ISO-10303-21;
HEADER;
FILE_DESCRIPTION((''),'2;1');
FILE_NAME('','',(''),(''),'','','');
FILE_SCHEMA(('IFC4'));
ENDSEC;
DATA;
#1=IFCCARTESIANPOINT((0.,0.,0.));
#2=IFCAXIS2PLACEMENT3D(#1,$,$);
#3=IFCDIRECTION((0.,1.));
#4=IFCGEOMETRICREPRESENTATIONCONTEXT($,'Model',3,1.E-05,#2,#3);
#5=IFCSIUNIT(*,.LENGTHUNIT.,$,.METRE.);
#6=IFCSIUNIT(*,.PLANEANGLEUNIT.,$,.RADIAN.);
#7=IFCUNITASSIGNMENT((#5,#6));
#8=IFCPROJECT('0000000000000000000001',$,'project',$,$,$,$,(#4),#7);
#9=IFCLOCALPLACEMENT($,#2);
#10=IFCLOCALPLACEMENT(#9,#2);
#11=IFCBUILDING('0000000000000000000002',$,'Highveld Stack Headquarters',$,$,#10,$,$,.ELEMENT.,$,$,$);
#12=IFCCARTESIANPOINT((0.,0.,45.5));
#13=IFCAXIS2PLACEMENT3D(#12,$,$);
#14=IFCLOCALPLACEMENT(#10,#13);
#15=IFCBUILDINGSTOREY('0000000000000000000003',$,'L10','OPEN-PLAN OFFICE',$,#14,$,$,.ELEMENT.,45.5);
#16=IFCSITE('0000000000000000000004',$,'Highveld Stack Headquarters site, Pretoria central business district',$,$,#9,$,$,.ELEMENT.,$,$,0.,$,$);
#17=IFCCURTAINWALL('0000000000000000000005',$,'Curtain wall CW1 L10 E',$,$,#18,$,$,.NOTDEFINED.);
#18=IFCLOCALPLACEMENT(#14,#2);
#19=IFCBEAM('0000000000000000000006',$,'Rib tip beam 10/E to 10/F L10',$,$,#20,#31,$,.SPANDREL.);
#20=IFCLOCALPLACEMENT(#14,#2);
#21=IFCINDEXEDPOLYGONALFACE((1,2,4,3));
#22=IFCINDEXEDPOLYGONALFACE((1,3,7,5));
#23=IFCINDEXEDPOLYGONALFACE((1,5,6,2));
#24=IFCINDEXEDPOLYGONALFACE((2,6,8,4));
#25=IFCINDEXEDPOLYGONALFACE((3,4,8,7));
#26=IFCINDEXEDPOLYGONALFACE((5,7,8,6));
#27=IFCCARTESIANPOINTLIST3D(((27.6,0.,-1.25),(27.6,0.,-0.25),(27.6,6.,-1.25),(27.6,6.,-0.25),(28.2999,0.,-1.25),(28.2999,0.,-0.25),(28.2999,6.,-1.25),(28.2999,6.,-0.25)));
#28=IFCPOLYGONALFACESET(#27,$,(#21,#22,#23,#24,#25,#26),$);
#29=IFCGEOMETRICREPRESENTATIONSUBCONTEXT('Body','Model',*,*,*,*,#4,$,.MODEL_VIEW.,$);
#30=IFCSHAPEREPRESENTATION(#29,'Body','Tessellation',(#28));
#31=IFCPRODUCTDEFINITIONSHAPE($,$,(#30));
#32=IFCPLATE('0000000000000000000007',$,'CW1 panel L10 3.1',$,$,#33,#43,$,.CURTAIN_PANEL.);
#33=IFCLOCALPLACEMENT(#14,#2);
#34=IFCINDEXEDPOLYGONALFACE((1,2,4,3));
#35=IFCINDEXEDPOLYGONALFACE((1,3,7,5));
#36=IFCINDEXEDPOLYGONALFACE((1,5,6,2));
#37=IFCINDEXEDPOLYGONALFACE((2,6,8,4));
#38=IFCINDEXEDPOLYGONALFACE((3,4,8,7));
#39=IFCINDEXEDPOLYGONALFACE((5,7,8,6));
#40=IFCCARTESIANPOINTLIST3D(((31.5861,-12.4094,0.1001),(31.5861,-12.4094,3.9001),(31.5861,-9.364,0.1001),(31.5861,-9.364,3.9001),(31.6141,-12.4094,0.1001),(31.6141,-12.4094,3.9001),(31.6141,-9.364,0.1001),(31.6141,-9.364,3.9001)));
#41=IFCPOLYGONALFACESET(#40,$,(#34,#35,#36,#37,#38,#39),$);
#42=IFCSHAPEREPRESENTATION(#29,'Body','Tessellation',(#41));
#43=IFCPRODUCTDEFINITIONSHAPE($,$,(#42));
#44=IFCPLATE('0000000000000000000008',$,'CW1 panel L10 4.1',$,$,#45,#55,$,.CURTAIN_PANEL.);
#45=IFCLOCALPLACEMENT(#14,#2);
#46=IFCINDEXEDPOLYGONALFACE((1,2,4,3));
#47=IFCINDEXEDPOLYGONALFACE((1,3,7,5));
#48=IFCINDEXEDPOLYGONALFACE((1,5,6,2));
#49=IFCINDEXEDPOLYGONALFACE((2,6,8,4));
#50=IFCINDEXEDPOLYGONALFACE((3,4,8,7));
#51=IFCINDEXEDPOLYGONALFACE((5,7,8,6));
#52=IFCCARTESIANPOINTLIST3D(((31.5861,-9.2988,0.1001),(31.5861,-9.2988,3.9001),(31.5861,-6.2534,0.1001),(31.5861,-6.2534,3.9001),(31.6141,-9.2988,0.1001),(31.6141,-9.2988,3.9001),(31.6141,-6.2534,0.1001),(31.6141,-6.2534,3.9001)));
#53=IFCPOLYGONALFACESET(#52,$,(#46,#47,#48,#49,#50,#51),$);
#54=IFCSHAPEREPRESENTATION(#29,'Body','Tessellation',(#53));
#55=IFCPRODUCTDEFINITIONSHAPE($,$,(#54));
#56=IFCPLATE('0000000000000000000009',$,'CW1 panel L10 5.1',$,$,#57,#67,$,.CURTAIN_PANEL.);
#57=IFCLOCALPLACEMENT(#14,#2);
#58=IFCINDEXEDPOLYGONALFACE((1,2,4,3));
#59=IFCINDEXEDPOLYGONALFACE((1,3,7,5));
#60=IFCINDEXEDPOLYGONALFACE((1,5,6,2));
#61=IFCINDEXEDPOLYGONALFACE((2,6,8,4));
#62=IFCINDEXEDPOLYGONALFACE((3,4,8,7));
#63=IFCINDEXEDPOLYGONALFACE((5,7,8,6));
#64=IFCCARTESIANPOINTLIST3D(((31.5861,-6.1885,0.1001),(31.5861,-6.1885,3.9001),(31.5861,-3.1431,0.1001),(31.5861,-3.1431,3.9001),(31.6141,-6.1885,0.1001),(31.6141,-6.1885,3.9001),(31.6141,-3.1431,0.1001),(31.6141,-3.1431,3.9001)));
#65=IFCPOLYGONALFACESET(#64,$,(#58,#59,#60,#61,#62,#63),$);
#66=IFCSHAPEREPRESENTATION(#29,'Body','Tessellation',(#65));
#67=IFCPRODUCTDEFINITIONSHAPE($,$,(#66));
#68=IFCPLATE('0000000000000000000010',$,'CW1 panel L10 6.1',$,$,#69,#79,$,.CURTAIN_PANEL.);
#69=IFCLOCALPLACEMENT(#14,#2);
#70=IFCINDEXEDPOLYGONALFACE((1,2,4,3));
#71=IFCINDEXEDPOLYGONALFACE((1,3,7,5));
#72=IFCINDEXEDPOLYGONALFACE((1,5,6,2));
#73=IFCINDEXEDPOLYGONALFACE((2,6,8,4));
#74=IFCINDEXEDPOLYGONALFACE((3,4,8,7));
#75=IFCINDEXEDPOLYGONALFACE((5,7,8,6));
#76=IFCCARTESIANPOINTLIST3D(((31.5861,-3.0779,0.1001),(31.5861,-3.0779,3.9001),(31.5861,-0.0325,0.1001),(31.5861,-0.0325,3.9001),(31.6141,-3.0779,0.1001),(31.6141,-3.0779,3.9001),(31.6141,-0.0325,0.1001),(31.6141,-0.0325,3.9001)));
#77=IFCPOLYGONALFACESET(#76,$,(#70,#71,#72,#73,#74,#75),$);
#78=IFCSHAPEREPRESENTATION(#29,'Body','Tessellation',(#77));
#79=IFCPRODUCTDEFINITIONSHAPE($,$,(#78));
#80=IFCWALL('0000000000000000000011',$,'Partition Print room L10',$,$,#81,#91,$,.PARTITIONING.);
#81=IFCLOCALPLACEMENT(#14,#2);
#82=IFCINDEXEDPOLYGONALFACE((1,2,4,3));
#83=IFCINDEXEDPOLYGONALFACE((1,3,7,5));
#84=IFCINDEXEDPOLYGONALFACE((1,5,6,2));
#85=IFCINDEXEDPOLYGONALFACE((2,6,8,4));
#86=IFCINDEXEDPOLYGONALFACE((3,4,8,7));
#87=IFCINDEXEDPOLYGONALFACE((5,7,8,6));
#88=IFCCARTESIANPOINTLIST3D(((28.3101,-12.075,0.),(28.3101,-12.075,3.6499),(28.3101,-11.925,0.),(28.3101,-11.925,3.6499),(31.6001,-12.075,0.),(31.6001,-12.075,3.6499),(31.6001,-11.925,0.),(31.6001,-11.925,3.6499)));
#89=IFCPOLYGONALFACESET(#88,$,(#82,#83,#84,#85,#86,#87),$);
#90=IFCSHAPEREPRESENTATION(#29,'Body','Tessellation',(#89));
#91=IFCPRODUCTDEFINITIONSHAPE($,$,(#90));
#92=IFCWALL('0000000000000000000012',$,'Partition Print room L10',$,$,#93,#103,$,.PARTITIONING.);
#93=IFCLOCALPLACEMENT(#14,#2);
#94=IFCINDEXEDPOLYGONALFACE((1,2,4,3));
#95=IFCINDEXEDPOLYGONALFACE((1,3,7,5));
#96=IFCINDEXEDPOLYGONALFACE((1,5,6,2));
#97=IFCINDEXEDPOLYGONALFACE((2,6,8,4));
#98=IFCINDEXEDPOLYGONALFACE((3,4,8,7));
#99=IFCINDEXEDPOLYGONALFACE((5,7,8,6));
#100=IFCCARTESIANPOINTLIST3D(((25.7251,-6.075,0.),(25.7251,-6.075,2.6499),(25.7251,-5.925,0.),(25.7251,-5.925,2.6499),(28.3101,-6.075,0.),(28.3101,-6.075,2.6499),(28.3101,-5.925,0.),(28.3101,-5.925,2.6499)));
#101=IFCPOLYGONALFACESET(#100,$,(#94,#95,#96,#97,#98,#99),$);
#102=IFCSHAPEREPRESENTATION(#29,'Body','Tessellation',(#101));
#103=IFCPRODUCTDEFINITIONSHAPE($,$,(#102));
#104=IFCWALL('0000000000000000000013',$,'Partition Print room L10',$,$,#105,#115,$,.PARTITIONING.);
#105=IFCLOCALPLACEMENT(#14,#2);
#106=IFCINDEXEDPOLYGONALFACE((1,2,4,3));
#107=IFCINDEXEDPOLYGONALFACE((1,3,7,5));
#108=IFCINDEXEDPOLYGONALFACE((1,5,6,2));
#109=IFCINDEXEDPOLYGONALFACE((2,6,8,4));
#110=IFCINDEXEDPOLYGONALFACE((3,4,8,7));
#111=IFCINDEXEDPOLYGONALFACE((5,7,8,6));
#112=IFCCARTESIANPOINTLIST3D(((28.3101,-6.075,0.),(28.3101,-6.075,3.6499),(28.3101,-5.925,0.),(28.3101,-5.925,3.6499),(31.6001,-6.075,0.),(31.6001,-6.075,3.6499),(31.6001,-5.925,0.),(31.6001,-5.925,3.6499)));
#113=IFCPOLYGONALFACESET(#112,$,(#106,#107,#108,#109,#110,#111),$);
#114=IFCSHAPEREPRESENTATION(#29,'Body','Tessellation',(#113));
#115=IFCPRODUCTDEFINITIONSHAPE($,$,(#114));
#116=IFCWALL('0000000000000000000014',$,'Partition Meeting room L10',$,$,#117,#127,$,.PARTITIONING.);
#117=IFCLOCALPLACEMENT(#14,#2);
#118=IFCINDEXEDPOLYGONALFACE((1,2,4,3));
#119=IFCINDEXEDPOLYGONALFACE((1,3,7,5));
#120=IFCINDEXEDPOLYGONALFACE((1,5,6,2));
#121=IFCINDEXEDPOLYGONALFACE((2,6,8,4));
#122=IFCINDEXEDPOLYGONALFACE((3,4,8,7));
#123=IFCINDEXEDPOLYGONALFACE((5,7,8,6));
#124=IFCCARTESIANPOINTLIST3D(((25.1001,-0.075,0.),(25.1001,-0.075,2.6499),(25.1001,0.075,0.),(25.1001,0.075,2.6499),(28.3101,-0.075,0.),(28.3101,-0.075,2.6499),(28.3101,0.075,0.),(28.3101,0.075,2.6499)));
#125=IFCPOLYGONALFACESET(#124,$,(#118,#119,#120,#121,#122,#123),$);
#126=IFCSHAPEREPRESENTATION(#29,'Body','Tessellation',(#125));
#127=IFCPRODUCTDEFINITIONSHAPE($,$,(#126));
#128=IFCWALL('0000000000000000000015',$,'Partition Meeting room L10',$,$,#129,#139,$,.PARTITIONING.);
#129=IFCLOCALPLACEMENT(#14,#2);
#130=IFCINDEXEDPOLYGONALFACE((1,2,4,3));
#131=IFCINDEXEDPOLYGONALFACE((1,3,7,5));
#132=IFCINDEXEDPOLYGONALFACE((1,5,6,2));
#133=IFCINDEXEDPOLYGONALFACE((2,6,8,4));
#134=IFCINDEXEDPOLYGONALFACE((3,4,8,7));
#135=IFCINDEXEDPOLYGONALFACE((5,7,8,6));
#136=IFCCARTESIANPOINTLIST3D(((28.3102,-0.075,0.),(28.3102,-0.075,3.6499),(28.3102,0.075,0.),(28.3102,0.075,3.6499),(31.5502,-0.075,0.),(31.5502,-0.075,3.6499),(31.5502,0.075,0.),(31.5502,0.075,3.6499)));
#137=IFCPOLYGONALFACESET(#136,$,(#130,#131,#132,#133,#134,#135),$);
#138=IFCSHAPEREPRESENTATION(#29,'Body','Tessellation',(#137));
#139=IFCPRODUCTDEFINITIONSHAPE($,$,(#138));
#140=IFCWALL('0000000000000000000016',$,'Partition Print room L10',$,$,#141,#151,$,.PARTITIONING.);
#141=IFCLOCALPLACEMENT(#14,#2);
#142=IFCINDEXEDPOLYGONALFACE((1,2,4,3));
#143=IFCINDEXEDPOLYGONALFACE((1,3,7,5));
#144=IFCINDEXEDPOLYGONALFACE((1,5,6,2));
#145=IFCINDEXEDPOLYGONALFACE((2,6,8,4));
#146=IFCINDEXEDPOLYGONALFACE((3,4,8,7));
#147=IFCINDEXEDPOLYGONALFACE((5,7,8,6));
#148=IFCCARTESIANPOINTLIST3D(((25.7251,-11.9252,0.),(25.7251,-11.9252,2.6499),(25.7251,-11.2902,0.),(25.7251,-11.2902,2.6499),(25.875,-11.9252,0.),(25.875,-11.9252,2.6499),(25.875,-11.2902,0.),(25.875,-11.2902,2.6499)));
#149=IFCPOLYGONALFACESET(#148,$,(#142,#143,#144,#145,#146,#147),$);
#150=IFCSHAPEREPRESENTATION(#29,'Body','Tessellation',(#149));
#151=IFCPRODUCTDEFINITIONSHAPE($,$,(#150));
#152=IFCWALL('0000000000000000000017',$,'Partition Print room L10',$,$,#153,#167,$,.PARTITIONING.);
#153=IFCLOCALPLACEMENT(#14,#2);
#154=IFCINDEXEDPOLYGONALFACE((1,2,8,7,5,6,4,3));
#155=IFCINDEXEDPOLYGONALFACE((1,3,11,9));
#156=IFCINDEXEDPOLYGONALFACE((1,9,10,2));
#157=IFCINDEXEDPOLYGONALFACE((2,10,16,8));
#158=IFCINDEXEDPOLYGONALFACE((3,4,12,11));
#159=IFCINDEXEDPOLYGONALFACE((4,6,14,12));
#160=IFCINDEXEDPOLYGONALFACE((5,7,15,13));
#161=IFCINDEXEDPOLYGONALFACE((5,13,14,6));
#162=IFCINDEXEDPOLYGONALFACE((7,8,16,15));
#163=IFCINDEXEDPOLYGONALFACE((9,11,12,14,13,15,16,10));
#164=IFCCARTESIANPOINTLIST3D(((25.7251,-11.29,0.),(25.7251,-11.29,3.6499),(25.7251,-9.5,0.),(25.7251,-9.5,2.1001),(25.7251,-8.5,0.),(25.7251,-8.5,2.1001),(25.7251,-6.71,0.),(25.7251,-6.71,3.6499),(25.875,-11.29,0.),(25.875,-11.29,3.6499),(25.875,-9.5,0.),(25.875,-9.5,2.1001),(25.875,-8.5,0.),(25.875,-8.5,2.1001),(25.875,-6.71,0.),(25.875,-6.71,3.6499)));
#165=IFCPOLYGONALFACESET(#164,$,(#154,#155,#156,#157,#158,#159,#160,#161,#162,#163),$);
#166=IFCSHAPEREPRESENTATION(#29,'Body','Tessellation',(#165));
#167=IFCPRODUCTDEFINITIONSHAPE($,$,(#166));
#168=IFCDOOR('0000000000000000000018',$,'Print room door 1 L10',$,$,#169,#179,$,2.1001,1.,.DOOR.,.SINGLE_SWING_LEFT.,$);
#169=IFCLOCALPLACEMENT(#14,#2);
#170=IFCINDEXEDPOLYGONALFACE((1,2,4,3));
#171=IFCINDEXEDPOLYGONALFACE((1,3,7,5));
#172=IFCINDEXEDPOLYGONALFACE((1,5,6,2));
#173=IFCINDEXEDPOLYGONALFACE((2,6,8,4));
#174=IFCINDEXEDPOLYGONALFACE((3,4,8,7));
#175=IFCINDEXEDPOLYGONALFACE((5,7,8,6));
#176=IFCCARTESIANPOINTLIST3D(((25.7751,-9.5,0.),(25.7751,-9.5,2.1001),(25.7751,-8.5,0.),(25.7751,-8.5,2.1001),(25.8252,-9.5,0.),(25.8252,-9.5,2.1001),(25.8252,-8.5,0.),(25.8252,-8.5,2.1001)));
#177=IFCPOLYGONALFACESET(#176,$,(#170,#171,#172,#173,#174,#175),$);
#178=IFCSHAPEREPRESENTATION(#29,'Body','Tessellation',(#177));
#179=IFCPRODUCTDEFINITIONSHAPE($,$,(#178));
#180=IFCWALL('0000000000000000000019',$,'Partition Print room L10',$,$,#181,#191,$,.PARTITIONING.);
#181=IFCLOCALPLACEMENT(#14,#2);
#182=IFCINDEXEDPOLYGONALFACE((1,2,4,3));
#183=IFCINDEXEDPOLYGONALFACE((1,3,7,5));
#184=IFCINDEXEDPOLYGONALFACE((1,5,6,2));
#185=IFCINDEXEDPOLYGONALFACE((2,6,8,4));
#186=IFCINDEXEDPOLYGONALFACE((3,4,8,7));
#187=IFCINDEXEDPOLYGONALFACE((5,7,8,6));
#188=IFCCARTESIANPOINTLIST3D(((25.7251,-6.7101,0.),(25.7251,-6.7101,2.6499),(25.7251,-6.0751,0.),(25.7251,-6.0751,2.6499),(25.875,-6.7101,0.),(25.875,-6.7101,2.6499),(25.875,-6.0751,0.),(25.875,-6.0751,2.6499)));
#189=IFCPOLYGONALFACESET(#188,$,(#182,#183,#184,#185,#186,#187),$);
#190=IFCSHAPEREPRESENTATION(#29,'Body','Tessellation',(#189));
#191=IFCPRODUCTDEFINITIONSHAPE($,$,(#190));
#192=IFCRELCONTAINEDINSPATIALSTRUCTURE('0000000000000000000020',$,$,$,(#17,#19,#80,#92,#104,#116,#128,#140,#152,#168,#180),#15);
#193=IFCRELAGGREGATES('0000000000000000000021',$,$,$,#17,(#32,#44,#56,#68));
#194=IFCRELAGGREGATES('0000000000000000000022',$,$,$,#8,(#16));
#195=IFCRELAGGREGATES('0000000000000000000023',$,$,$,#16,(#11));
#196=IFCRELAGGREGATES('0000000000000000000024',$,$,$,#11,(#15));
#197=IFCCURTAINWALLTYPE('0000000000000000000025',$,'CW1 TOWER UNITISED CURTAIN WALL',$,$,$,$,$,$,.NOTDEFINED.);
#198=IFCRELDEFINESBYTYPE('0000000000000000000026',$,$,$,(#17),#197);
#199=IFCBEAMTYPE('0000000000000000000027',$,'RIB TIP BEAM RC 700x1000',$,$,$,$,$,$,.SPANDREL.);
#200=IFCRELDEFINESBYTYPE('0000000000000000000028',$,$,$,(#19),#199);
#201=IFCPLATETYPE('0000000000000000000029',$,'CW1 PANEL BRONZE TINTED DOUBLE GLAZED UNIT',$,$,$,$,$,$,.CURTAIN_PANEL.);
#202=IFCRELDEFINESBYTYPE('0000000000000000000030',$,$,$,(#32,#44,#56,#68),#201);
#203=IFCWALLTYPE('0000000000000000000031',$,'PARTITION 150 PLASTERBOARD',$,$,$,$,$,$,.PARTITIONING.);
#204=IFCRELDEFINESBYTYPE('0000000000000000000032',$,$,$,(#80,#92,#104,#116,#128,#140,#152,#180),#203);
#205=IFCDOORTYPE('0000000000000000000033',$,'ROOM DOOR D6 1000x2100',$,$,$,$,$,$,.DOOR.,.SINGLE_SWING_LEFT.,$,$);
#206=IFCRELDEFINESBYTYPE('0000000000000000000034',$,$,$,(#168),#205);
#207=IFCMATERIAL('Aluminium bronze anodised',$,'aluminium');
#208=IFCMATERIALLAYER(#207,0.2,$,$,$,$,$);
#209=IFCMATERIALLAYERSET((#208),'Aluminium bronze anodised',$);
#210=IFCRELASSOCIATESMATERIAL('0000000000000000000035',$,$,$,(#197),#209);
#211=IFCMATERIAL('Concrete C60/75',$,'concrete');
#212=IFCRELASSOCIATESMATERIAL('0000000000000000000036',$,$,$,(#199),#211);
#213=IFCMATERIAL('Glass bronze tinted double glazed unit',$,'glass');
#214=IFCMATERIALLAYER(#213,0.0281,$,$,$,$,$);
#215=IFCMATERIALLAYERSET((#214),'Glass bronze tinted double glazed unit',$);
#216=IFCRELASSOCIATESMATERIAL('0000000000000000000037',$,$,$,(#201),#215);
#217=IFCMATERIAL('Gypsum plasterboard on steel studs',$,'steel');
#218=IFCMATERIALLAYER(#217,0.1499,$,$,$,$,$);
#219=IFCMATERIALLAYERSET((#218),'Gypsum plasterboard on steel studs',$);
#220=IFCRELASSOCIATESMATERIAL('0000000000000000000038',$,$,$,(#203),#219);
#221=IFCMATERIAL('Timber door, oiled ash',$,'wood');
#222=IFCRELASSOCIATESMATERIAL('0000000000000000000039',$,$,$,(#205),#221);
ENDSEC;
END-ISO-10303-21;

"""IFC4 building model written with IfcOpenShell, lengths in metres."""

from ifc_helpers import new_model, si_unit, direction, frame, frame_2d, origin, origin_2d, place, context, subcontext, project, spatial, rectangle, extrude, material, layer, layer_set, material_profile, profile_set, type_object, element, fill, aggregate, save


model = new_model("IFC4")

# Units and contexts
model_context = context("Model", 3, precision=1e-05, world=origin(), true_north=direction((0.0, 1.0)))
body_context = subcontext(model_context, "Body", "Model", "MODEL_VIEW")
ifc_project = project(units=[si_unit("LENGTHUNIT", "METRE"), si_unit("PLANEANGLEUNIT", "RADIAN")], contexts=[model_context])

# Site, building, storey
site_placement = place(None, origin())
site = spatial("IfcSite", under=ifc_project, at=site_placement, Name="Highveld Stack Headquarters site, Pretoria central business district", CompositionType="ELEMENT", RefElevation=0.0)
building_placement = place(site_placement, origin())
building = spatial("IfcBuilding", under=site, at=building_placement, Name="Highveld Stack Headquarters", CompositionType="ELEMENT")
storey_placement = place(building_placement, frame((0.0, 0.0, 45.5)))
storey = spatial("IfcBuildingStorey", under=building, at=storey_placement, Name="L10", Description="OPEN-PLAN OFFICE", CompositionType="ELEMENT", Elevation=45.5)

# Curtain wall
ifc_material_1 = material(Name="Aluminium bronze anodised", Category="aluminium")
ifc_layer_1 = layer(ifc_material_1, 0.2)
ifc_layer_set_1 = layer_set([ifc_layer_1], Name="Aluminium bronze anodised")
curtain_wall_type = type_object("IfcCurtainWallType", Name="CW1 TOWER UNITISED CURTAIN WALL", PredefinedType="NOTDEFINED", material=ifc_layer_set_1)
curtain_wall_placement = place(storey_placement, origin())
curtain_wall = element("IfcCurtainWall", 1, at=curtain_wall_placement, inside=storey, type_object=curtain_wall_type, Name="Curtain wall CW1 L10 E", PredefinedType="NOTDEFINED")

# Beam
ifc_material_2 = material(Name="Concrete C60/75", Category="concrete")
ifc_material_profile_1 = material_profile(ifc_material_2, rectangle(XDim=0.7, YDim=1.0, at=origin_2d()), Name="RC 700x1000")
ifc_profile_set_1 = profile_set([ifc_material_profile_1], Name="Concrete C60/75")
beam_type_1 = type_object("IfcBeamType", Name="RIB TIP BEAM RC 700x1000", PredefinedType="SPANDREL", material=ifc_profile_set_1)
for number, where, z_axis, x_axis, name in (
    (2, (27.95, 0.0, -0.75), (0.0, 1.0, 0.0), (-1.0, 0.0, 0.0), "Rib tip beam 10/E to 10/F L10"),
):
    element("IfcBeam", number, at=place(storey_placement, frame(where, z_axis=z_axis, x_axis=x_axis)), inside=storey, type_object=beam_type_1, Name=name, PredefinedType="SPANDREL", context=body_context, shape_type="SweptSolid", body=[
        extrude(rectangle(XDim=0.7, YDim=1.0, at=origin_2d()), origin(), (0.0, 0.0, 1.0), 6.0),
    ])

# Plates
ifc_material_3 = material(Name="Glass bronze tinted double glazed unit", Category="glass")
ifc_layer_2 = layer(ifc_material_3, 0.0281)
ifc_layer_set_2 = layer_set([ifc_layer_2], Name="Glass bronze tinted double glazed unit")
plate_type = type_object("IfcPlateType", Name="CW1 PANEL BRONZE TINTED DOUBLE GLAZED UNIT", PredefinedType="CURTAIN_PANEL", material=ifc_layer_set_2)
plate_1_placement = place(storey_placement, frame((31.6001, -10.8867, 0.1001), z_axis=(0.0, 0.0, 1.0), x_axis=(0.0, 1.0, 0.0)))
plate_1 = element("IfcPlate", 3, at=plate_1_placement, type_object=plate_type, Name="CW1 panel L10 3.1", PredefinedType="CURTAIN_PANEL", context=body_context, shape_type="SweptSolid", body=[
    extrude(rectangle(XDim=3.0454, YDim=0.0281, at=origin_2d()), origin(), (0.0, 0.0, 1.0), 3.8),
])
plate_2_placement = place(storey_placement, frame((31.6001, -7.7761, 0.1001), z_axis=(0.0, 0.0, 1.0), x_axis=(0.0, 1.0, 0.0)))
plate_2 = element("IfcPlate", 4, at=plate_2_placement, type_object=plate_type, Name="CW1 panel L10 4.1", PredefinedType="CURTAIN_PANEL", context=body_context, shape_type="SweptSolid", body=[
    extrude(rectangle(XDim=3.0454, YDim=0.0281, at=origin_2d()), origin(), (0.0, 0.0, 1.0), 3.8),
])
plate_3_placement = place(storey_placement, frame((31.6001, -4.6658, 0.1001), z_axis=(0.0, 0.0, 1.0), x_axis=(0.0, 1.0, 0.0)))
plate_3 = element("IfcPlate", 5, at=plate_3_placement, type_object=plate_type, Name="CW1 panel L10 5.1", PredefinedType="CURTAIN_PANEL", context=body_context, shape_type="SweptSolid", body=[
    extrude(rectangle(XDim=3.0454, YDim=0.0281, at=origin_2d()), origin(), (0.0, 0.0, 1.0), 3.8),
])
plate_4_placement = place(storey_placement, frame((31.6001, -1.5552, 0.1001), z_axis=(0.0, 0.0, 1.0), x_axis=(0.0, 1.0, 0.0)))
plate_4 = element("IfcPlate", 6, at=plate_4_placement, type_object=plate_type, Name="CW1 panel L10 6.1", PredefinedType="CURTAIN_PANEL", context=body_context, shape_type="SweptSolid", body=[
    extrude(rectangle(XDim=3.0454, YDim=0.0281, at=origin_2d()), origin(), (0.0, 0.0, 1.0), 3.8),
])
aggregate(curtain_wall, [plate_1, plate_2, plate_3, plate_4])

# Walls
ifc_material_4 = material(Name="Gypsum plasterboard on steel studs", Category="steel")
ifc_layer_3 = layer(ifc_material_4, 0.1499)
ifc_layer_set_3 = layer_set([ifc_layer_3], Name="Gypsum plasterboard on steel studs")
wall_type = type_object("IfcWallType", Name="PARTITION 150 PLASTERBOARD", PredefinedType="PARTITIONING", material=ifc_layer_set_3)
wall_1_placement = place(storey_placement, frame((28.3101, -12.0, 0.0), z_axis=(0.0, 0.0, 1.0), x_axis=(1.0, 0.0, 0.0)))
element("IfcWall", 7, at=wall_1_placement, inside=storey, type_object=wall_type, Name="Partition Print room L10", PredefinedType="PARTITIONING", context=body_context, shape_type="SweptSolid", body=[
    extrude(rectangle(XDim=3.29, YDim=0.1499, at=frame_2d((1.645, 0.0))), origin(), (0.0, 0.0, 1.0), 3.6499),
])
wall_2_placement = place(storey_placement, frame((25.7251, -6.0, 0.0), z_axis=(0.0, 0.0, 1.0), x_axis=(1.0, 0.0, 0.0)))
element("IfcWall", 8, at=wall_2_placement, inside=storey, type_object=wall_type, Name="Partition Print room L10", PredefinedType="PARTITIONING", context=body_context, shape_type="SweptSolid", body=[
    extrude(rectangle(XDim=2.585, YDim=0.1499, at=frame_2d((1.2925, 0.0))), origin(), (0.0, 0.0, 1.0), 2.6499),
])
wall_3_placement = place(storey_placement, frame((28.3101, -6.0, 0.0), z_axis=(0.0, 0.0, 1.0), x_axis=(1.0, 0.0, 0.0)))
element("IfcWall", 9, at=wall_3_placement, inside=storey, type_object=wall_type, Name="Partition Print room L10", PredefinedType="PARTITIONING", context=body_context, shape_type="SweptSolid", body=[
    extrude(rectangle(XDim=3.29, YDim=0.1499, at=frame_2d((1.645, 0.0))), origin(), (0.0, 0.0, 1.0), 3.6499),
])
wall_4_placement = place(storey_placement, frame((25.1001, 0.0, 0.0), z_axis=(0.0, 0.0, 1.0), x_axis=(1.0, 0.0, 0.0)))
element("IfcWall", 10, at=wall_4_placement, inside=storey, type_object=wall_type, Name="Partition Meeting room L10", PredefinedType="PARTITIONING", context=body_context, shape_type="SweptSolid", body=[
    extrude(rectangle(XDim=3.21, YDim=0.1499, at=frame_2d((1.605, 0.0))), origin(), (0.0, 0.0, 1.0), 2.6499),
])
wall_5_placement = place(storey_placement, frame((28.3101, 0.0, 0.0), z_axis=(0.0, 0.0, 1.0), x_axis=(1.0, 0.0, 0.0)))
element("IfcWall", 11, at=wall_5_placement, inside=storey, type_object=wall_type, Name="Partition Meeting room L10", PredefinedType="PARTITIONING", context=body_context, shape_type="SweptSolid", body=[
    extrude(rectangle(XDim=3.24, YDim=0.1499, at=frame_2d((1.6201, 0.0))), origin(), (0.0, 0.0, 1.0), 3.6499),
])
wall_6_placement = place(storey_placement, frame((25.8, -11.925, 0.0), z_axis=(0.0, 0.0, 1.0), x_axis=(0.0, 1.0, 0.0)))
element("IfcWall", 12, at=wall_6_placement, inside=storey, type_object=wall_type, Name="Partition Print room L10", PredefinedType="PARTITIONING", context=body_context, shape_type="SweptSolid", body=[
    extrude(rectangle(XDim=0.635, YDim=0.1499, at=frame_2d((0.3174, 0.0))), origin(), (0.0, 0.0, 1.0), 2.6499),
])

# Wall, opening, door
wall_7_placement = place(storey_placement, frame((25.8, -11.29, 0.0), z_axis=(0.0, 0.0, 1.0), x_axis=(0.0, 1.0, 0.0)))
wall_7 = element("IfcWall", 13, at=wall_7_placement, inside=storey, type_object=wall_type, Name="Partition Print room L10", PredefinedType="PARTITIONING", context=body_context, shape_type="SweptSolid", body=[
    extrude(rectangle(XDim=4.5801, YDim=0.1499, at=frame_2d((2.29, 0.0))), origin(), (0.0, 0.0, 1.0), 3.6499),
])
opening_placement = place(wall_7_placement, frame((1.79, 0.0, 0.0)))
opening = element("IfcOpeningElement", 14, at=opening_placement, cuts=wall_7, PredefinedType="OPENING", context=body_context, shape_type="SweptSolid", body=[
    extrude(rectangle(XDim=1.0, YDim=2.1001, at=frame_2d((0.5, 1.05))), frame((0.0, 0.085, 0.0), z_axis=(0.0, -1.0, 0.0), x_axis=(1.0, 0.0, 0.0)), (0.0, 0.0, 1.0), 0.1699),
])
ifc_material_5 = material(Name="Timber door, oiled ash", Category="wood")
door_type = type_object("IfcDoorType", Name="ROOM DOOR D6 1000x2100", OperationType="SINGLE_SWING_LEFT", PredefinedType="DOOR", material=ifc_material_5)
door_placement = place(opening_placement, origin())
door = element("IfcDoor", 15, at=door_placement, inside=storey, type_object=door_type, Name="Print room door 1 L10", OperationType="SINGLE_SWING_LEFT", OverallHeight=2.1001, OverallWidth=1.0, PredefinedType="DOOR", context=body_context, shape_type="SweptSolid", body=[
    extrude(rectangle(XDim=1.0, YDim=2.1001, at=frame_2d((0.5, 1.05))), frame((0.0, 0.0249, 0.0), z_axis=(0.0, -1.0, 0.0), x_axis=(1.0, 0.0, 0.0)), (0.0, 0.0, 1.0), 0.05),
])
fill(opening, door)

# Wall
wall_8_placement = place(storey_placement, frame((25.8, -6.71, 0.0), z_axis=(0.0, 0.0, 1.0), x_axis=(0.0, 1.0, 0.0)))
element("IfcWall", 16, at=wall_8_placement, inside=storey, type_object=wall_type, Name="Partition Print room L10", PredefinedType="PARTITIONING", context=body_context, shape_type="SweptSolid", body=[
    extrude(rectangle(XDim=0.635, YDim=0.1499, at=frame_2d((0.3174, 0.0))), origin(), (0.0, 0.0, 1.0), 2.6499),
])

save(model, "model.ifc")
